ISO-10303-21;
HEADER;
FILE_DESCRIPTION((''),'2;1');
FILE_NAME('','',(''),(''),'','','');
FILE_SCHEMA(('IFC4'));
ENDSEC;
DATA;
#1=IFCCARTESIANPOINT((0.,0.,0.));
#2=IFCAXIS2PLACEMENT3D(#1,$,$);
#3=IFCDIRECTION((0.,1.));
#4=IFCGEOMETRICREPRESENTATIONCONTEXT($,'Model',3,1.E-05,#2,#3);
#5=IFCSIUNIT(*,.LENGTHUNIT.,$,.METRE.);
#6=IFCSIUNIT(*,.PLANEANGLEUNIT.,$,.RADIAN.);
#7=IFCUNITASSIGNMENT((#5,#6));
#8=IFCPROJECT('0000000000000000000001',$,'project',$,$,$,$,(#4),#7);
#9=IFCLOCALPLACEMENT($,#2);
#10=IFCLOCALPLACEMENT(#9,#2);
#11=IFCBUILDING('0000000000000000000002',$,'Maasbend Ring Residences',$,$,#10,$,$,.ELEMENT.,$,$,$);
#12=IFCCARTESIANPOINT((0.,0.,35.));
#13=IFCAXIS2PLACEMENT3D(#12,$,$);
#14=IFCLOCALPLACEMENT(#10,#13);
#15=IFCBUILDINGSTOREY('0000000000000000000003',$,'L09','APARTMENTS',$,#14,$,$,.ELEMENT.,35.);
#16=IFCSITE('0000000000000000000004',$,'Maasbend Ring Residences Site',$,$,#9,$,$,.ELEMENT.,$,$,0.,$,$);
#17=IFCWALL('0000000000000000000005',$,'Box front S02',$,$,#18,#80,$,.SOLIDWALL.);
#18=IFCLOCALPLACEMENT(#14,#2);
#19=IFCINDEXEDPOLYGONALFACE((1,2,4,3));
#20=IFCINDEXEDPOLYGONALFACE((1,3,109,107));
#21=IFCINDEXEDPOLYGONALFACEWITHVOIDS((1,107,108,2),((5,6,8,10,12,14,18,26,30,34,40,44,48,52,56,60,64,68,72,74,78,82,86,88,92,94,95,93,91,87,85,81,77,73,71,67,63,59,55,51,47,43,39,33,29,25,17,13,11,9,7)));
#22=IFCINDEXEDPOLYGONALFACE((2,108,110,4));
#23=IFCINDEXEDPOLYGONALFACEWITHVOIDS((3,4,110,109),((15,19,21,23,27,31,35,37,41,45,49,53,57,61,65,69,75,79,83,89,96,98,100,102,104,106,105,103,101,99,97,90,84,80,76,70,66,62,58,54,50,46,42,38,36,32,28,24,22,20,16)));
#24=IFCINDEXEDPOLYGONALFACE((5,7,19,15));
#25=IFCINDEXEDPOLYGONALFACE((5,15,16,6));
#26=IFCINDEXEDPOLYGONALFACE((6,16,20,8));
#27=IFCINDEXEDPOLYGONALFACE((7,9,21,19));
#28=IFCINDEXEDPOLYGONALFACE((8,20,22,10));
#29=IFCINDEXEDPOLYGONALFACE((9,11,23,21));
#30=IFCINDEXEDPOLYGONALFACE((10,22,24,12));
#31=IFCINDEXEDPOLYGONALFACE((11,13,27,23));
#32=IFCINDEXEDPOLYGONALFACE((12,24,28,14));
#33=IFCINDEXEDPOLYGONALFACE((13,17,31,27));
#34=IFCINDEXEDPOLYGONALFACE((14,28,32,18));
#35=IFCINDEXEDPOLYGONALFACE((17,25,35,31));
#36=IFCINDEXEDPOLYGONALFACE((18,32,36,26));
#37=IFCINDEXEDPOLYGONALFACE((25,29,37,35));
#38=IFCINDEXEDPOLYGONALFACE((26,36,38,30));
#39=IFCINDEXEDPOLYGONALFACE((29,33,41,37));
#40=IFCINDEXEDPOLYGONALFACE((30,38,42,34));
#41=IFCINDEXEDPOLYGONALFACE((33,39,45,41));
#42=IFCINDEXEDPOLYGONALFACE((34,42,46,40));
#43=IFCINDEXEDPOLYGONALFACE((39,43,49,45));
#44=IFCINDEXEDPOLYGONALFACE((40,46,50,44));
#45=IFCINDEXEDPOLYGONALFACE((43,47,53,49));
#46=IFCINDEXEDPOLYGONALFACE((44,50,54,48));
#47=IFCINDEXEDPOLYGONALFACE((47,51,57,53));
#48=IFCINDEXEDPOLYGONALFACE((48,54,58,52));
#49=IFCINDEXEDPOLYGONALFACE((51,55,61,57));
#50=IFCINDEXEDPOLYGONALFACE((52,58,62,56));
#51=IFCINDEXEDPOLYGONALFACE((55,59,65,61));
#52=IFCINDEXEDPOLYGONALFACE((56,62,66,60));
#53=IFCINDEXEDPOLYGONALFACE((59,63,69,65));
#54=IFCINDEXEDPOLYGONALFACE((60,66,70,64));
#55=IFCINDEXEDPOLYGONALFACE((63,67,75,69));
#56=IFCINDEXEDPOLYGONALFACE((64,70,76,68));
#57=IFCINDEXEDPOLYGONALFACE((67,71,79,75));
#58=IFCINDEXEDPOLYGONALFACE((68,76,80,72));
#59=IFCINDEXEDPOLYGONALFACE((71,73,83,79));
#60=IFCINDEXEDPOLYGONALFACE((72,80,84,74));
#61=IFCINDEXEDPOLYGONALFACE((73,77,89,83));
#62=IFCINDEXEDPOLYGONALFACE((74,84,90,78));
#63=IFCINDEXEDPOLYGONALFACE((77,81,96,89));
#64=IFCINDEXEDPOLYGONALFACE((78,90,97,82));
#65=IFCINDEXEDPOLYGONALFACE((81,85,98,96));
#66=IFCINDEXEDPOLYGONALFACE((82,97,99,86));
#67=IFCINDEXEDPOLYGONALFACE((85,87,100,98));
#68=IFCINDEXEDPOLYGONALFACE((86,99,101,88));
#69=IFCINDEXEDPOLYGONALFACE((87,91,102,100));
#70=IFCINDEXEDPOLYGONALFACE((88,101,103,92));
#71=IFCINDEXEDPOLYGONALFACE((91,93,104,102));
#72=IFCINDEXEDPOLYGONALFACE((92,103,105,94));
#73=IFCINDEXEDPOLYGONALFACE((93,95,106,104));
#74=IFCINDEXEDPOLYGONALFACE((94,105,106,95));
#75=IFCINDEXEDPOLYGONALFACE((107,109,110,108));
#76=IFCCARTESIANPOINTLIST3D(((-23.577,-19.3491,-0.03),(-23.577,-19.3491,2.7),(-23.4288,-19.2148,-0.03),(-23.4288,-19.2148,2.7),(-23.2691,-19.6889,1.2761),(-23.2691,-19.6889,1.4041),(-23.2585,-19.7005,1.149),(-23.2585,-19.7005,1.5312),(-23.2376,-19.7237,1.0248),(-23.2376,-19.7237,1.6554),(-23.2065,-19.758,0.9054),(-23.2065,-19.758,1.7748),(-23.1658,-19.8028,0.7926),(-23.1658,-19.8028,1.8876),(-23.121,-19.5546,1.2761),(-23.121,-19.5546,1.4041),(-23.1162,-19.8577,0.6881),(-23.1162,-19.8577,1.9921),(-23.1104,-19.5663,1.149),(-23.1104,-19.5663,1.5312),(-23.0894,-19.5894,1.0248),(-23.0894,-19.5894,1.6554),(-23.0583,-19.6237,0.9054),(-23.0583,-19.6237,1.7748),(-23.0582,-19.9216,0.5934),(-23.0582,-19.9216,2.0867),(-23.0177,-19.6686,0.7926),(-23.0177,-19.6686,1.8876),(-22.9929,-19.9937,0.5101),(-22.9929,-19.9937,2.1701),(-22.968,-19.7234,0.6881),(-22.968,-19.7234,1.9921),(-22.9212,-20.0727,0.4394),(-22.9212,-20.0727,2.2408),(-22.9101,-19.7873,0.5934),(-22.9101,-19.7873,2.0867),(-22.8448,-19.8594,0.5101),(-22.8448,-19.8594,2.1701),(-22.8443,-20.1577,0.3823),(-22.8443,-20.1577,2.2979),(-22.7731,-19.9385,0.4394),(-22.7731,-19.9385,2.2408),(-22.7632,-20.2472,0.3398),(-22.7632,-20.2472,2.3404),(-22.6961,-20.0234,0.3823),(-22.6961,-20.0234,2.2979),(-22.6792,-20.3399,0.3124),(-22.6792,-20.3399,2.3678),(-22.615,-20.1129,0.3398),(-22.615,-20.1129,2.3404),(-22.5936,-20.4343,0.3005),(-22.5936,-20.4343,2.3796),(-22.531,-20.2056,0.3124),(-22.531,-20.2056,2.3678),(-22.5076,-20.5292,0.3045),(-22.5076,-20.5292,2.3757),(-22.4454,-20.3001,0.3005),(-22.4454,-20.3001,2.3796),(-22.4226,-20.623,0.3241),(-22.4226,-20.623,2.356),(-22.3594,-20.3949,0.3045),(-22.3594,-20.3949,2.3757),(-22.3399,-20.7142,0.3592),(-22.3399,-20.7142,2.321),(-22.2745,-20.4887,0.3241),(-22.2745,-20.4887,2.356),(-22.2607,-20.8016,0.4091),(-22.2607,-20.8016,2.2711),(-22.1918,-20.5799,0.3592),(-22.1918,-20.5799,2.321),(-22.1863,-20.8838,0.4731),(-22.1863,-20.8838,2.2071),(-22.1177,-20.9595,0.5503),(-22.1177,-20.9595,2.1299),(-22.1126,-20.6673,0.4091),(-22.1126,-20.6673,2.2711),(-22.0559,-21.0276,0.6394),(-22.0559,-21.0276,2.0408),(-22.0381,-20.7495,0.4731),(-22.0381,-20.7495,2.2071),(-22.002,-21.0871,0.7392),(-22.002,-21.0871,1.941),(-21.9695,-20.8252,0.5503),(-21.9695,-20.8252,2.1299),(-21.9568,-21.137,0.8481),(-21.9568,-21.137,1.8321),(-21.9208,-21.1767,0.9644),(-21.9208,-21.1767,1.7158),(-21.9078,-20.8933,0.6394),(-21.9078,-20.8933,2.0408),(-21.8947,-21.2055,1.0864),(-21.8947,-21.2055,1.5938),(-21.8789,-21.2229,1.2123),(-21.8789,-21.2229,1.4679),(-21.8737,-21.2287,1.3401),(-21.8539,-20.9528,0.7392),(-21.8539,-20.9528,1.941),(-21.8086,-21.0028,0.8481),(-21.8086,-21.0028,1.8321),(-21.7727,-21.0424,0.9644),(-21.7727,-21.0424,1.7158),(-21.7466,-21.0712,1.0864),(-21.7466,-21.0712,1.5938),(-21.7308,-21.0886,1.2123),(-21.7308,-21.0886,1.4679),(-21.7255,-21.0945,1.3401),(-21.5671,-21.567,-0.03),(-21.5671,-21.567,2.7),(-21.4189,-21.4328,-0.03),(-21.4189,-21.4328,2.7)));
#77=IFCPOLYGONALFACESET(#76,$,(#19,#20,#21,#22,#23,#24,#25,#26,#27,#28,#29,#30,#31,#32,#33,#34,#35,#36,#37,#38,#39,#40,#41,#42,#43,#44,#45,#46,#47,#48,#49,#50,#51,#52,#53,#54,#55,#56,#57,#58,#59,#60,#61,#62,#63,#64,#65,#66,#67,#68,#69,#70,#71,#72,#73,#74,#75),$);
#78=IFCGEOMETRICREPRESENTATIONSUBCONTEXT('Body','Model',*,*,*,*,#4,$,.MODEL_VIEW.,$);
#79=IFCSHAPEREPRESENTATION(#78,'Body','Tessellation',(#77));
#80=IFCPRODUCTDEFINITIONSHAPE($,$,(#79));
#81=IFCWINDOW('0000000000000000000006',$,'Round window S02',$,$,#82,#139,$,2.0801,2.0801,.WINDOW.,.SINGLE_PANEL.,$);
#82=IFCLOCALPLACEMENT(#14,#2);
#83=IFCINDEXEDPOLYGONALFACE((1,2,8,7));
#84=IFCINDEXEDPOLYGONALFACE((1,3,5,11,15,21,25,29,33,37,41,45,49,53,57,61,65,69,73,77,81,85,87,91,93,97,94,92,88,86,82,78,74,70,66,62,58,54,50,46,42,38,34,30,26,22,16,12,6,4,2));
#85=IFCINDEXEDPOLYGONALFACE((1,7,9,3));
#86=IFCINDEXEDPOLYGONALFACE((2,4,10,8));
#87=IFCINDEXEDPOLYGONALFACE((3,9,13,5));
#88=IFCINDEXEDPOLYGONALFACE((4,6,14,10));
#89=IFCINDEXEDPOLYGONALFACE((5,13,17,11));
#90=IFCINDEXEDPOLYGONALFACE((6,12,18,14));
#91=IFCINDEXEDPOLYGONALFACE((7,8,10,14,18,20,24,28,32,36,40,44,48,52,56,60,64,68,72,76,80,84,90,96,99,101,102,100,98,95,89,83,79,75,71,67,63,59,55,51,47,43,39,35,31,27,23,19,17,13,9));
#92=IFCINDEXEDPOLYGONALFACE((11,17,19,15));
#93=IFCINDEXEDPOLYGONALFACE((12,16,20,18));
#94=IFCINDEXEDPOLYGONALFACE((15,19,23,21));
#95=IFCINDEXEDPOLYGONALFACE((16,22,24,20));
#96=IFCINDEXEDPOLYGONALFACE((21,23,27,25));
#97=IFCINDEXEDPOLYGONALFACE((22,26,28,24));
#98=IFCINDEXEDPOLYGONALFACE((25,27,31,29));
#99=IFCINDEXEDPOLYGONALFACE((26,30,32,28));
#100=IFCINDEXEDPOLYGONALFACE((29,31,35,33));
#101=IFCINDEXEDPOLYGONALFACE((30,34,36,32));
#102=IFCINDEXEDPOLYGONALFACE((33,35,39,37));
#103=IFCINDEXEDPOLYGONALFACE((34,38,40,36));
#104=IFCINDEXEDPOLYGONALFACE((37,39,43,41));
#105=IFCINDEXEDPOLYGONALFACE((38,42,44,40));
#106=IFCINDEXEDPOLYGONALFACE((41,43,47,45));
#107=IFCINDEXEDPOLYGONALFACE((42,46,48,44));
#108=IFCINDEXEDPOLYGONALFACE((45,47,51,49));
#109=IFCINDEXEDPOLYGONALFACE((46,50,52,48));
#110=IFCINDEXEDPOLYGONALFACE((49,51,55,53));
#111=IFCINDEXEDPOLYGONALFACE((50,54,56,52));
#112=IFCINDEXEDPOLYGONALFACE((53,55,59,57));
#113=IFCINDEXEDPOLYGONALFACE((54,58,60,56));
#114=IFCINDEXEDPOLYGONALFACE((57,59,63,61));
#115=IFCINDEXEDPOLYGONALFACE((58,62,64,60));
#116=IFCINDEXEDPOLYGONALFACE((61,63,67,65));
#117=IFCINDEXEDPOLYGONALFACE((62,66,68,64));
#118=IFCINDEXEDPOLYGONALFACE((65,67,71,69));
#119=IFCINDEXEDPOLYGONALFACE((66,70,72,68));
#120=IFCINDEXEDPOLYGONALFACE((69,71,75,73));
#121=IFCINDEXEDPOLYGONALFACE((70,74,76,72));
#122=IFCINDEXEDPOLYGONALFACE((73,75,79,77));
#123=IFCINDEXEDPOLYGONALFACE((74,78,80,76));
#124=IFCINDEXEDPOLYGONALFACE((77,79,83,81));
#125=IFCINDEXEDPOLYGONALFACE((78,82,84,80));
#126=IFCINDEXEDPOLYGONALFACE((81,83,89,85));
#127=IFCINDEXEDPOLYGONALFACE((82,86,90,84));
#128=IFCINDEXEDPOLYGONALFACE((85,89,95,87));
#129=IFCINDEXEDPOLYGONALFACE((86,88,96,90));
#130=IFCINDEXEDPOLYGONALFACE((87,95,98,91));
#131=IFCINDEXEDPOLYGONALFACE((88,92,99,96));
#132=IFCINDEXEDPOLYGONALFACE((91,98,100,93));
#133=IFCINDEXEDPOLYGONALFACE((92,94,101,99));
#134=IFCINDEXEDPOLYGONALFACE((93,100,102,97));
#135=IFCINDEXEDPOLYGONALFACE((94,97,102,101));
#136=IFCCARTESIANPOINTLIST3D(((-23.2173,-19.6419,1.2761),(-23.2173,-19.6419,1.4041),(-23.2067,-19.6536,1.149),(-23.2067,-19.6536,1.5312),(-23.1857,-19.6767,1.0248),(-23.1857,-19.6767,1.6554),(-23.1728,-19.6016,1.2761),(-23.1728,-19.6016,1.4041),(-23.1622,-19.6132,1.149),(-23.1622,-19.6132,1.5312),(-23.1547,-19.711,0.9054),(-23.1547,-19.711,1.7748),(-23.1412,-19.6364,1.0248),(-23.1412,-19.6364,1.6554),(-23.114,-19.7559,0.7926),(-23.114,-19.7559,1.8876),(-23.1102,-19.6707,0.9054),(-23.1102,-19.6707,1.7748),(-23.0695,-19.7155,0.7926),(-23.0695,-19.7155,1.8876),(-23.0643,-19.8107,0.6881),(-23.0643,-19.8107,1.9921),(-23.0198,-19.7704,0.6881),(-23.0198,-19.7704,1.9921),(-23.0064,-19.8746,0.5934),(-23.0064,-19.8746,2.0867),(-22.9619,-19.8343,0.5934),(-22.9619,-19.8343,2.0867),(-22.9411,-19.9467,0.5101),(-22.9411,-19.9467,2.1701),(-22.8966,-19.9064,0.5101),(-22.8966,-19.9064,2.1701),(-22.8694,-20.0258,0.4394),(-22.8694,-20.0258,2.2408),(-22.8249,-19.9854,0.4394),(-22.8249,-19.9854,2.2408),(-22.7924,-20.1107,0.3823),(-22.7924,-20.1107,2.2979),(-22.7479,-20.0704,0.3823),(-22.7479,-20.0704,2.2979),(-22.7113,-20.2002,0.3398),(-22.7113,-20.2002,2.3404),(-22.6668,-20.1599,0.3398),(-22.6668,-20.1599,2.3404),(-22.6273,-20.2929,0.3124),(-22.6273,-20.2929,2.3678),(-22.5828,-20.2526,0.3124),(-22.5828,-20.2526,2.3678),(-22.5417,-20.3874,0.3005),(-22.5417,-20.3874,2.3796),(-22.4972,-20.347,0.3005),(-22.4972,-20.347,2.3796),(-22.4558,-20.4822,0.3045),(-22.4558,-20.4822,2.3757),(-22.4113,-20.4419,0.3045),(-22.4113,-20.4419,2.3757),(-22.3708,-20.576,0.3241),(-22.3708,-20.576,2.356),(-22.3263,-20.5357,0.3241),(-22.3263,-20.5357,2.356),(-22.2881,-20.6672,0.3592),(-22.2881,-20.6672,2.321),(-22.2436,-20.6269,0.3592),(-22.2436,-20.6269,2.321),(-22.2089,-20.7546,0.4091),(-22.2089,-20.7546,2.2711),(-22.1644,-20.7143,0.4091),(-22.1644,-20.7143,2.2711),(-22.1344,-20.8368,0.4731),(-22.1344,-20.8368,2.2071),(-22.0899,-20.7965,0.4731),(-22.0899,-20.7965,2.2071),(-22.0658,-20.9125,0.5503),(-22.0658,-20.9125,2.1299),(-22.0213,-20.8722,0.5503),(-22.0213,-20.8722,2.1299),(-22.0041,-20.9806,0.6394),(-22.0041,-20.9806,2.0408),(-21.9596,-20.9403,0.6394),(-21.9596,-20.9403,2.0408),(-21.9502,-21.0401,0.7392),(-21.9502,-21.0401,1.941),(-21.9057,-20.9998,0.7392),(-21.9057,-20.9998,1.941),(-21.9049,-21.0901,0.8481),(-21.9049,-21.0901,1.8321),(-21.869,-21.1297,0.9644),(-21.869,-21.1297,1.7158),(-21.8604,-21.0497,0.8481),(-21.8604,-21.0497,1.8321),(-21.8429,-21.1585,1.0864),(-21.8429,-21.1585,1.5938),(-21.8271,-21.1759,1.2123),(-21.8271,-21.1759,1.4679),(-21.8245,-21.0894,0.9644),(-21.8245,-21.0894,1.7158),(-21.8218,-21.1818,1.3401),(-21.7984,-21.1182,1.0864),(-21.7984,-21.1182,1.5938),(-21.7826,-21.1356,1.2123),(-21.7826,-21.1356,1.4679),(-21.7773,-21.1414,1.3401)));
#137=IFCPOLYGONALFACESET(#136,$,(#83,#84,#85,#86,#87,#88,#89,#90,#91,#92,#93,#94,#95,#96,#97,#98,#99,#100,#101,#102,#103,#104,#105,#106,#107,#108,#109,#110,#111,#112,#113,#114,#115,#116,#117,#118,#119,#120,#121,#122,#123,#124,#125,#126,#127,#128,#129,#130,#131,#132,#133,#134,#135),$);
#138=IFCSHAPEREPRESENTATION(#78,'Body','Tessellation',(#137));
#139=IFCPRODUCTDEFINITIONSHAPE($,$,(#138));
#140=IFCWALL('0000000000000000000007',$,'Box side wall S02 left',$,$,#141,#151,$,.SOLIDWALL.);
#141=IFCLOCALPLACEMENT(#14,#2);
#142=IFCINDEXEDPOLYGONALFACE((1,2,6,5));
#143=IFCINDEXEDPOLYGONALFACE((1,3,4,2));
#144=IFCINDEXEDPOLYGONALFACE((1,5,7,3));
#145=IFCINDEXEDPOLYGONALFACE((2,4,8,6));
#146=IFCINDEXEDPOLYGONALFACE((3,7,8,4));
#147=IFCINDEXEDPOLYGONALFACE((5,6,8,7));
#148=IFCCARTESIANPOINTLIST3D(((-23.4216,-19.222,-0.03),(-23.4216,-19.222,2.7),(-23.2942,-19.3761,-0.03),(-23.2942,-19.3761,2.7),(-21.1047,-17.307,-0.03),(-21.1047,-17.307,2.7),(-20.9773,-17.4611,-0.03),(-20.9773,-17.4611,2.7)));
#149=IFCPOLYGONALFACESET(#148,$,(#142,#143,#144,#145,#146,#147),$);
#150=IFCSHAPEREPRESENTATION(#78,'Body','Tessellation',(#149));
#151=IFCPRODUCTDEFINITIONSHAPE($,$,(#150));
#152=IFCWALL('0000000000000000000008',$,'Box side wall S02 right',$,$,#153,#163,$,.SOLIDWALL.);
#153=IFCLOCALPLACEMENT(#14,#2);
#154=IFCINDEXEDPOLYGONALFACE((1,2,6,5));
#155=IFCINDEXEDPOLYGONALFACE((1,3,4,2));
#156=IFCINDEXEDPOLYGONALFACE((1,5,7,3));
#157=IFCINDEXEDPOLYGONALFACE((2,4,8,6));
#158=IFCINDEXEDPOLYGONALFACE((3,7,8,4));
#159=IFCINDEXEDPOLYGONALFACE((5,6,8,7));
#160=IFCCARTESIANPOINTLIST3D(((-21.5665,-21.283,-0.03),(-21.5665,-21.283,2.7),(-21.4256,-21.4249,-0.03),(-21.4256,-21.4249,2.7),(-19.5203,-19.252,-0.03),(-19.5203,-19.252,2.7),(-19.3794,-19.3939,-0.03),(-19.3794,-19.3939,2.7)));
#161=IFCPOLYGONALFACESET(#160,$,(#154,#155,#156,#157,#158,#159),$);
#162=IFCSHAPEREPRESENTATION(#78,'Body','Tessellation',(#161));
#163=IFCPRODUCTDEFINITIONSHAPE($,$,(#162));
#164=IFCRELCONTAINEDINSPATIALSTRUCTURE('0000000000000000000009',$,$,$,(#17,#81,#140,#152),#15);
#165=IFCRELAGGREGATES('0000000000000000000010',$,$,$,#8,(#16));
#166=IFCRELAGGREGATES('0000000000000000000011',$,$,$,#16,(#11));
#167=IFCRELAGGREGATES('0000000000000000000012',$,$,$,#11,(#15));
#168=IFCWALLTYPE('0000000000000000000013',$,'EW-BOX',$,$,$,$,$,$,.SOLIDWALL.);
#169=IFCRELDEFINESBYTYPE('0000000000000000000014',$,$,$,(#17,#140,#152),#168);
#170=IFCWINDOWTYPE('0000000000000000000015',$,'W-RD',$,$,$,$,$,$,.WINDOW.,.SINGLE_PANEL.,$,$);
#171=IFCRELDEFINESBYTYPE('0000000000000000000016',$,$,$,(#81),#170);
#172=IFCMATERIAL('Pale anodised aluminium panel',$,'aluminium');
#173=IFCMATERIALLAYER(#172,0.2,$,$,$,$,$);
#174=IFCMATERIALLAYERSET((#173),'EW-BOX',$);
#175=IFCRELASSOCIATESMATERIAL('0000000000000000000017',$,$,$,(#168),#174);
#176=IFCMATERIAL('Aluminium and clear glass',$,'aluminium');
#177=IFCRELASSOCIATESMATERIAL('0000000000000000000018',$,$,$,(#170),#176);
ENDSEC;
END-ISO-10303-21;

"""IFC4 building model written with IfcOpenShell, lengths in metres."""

from ifc_helpers import new_model, si_unit, direction, frame, frame_2d, origin, place, context, subcontext, project, spatial, rectangle, circle, extrude, material, layer, layer_set, type_object, element, fill, save


model = new_model("IFC4")

# Units and contexts
model_context = context("Model", 3, precision=1e-05, world=origin(), true_north=direction((0.0, 1.0)))
body_context = subcontext(model_context, "Body", "Model", "MODEL_VIEW")
ifc_project = project(units=[si_unit("LENGTHUNIT", "METRE"), si_unit("PLANEANGLEUNIT", "RADIAN")], contexts=[model_context])

# Site, building, storey
site_placement = place(None, origin())
site = spatial("IfcSite", under=ifc_project, at=site_placement, Name="Maasbend Ring Residences Site", CompositionType="ELEMENT", RefElevation=0.0)
building_placement = place(site_placement, origin())
building = spatial("IfcBuilding", under=site, at=building_placement, Name="Maasbend Ring Residences", CompositionType="ELEMENT")
storey_placement = place(building_placement, frame((0.0, 0.0, 35.0)))
storey = spatial("IfcBuildingStorey", under=building, at=storey_placement, Name="L09", Description="APARTMENTS", CompositionType="ELEMENT", Elevation=35.0)

# Wall, opening, window
ifc_material_1 = material(Name="Pale anodised aluminium panel", Category="aluminium")
ifc_layer_1 = layer(ifc_material_1, 0.2)
ifc_layer_set_1 = layer_set([ifc_layer_1], Name="EW-BOX")
wall_type_1 = type_object("IfcWallType", Name="EW-BOX", PredefinedType="SOLIDWALL", material=ifc_layer_set_1)
wall_1_placement = place(storey_placement, frame((-23.5029, -19.282, -0.03), z_axis=(0.0, 0.0, 1.0), x_axis=(0.671507, -0.740998, 0.0)))
wall_1 = element("IfcWall", 1, at=wall_1_placement, inside=storey, type_object=wall_type_1, Name="Box front S02", PredefinedType="SOLIDWALL", context=body_context, shape_type="SweptSolid", body=[
    extrude(rectangle(XDim=2.9932, YDim=0.2, at=frame_2d((1.4966, 0.0))), origin(), (0.0, 0.0, 1.0), 2.73),
])
opening_1_placement = place(wall_1_placement, frame((0.4565, 0.0, 0.3301)))
opening_1 = element("IfcOpeningElement", 2, at=opening_1_placement, cuts=wall_1, PredefinedType="OPENING", context=body_context, shape_type="SweptSolid", body=[
    extrude(circle(Radius=1.04, at=frame_2d((1.04, 1.04))), frame((0.0, 0.1099, 0.0), z_axis=(0.0, -1.0, 0.0), x_axis=(1.0, 0.0, 0.0)), (0.0, 0.0, 1.0), 0.22),
])
ifc_material_2 = material(Name="Aluminium and clear glass", Category="aluminium")
window_type_1 = type_object("IfcWindowType", Name="W-RD", PartitioningType="SINGLE_PANEL", PredefinedType="WINDOW", material=ifc_material_2)
window_1_placement = place(opening_1_placement, origin())
window_1 = element("IfcWindow", 3, at=window_1_placement, inside=storey, type_object=window_type_1, Name="Round window S02", OverallHeight=2.0801, OverallWidth=2.0801, PartitioningType="SINGLE_PANEL", PredefinedType="WINDOW", context=body_context, shape_type="SweptSolid", body=[
    extrude(circle(Radius=1.04, at=frame_2d((1.04, 1.04))), frame((0.0, 0.03, 0.0), z_axis=(0.0, -1.0, 0.0), x_axis=(1.0, 0.0, 0.0)), (0.0, 0.0, 1.0), 0.0601),
])
fill(opening_1, window_1)

# Walls
wall_2_placement = place(storey_placement, frame((-21.041, -17.384, -0.03), z_axis=(0.0, 0.0, 1.0), x_axis=(-0.770785, -0.637096, 0.0)))
element("IfcWall", 4, at=wall_2_placement, inside=storey, type_object=wall_type_1, Name="Box side wall S02 left", PredefinedType="SOLIDWALL", context=body_context, shape_type="SweptSolid", body=[
    extrude(rectangle(XDim=3.0059, YDim=0.2, at=frame_2d((1.5029, 0.0))), origin(), (0.0, 0.0, 1.0), 2.73),
])
wall_3_placement = place(storey_placement, frame((-19.45, -19.323, -0.03), z_axis=(0.0, 0.0, 1.0), x_axis=(-0.709727, -0.704477, 0.0)))
element("IfcWall", 5, at=wall_3_placement, inside=storey, type_object=wall_type_1, Name="Box side wall S02 right", PredefinedType="SOLIDWALL", context=body_context, shape_type="SweptSolid", body=[
    extrude(rectangle(XDim=2.8831, YDim=0.2, at=frame_2d((1.4414, 0.0))), origin(), (0.0, 0.0, 1.0), 2.73),
])

save(model, "model.ifc")
